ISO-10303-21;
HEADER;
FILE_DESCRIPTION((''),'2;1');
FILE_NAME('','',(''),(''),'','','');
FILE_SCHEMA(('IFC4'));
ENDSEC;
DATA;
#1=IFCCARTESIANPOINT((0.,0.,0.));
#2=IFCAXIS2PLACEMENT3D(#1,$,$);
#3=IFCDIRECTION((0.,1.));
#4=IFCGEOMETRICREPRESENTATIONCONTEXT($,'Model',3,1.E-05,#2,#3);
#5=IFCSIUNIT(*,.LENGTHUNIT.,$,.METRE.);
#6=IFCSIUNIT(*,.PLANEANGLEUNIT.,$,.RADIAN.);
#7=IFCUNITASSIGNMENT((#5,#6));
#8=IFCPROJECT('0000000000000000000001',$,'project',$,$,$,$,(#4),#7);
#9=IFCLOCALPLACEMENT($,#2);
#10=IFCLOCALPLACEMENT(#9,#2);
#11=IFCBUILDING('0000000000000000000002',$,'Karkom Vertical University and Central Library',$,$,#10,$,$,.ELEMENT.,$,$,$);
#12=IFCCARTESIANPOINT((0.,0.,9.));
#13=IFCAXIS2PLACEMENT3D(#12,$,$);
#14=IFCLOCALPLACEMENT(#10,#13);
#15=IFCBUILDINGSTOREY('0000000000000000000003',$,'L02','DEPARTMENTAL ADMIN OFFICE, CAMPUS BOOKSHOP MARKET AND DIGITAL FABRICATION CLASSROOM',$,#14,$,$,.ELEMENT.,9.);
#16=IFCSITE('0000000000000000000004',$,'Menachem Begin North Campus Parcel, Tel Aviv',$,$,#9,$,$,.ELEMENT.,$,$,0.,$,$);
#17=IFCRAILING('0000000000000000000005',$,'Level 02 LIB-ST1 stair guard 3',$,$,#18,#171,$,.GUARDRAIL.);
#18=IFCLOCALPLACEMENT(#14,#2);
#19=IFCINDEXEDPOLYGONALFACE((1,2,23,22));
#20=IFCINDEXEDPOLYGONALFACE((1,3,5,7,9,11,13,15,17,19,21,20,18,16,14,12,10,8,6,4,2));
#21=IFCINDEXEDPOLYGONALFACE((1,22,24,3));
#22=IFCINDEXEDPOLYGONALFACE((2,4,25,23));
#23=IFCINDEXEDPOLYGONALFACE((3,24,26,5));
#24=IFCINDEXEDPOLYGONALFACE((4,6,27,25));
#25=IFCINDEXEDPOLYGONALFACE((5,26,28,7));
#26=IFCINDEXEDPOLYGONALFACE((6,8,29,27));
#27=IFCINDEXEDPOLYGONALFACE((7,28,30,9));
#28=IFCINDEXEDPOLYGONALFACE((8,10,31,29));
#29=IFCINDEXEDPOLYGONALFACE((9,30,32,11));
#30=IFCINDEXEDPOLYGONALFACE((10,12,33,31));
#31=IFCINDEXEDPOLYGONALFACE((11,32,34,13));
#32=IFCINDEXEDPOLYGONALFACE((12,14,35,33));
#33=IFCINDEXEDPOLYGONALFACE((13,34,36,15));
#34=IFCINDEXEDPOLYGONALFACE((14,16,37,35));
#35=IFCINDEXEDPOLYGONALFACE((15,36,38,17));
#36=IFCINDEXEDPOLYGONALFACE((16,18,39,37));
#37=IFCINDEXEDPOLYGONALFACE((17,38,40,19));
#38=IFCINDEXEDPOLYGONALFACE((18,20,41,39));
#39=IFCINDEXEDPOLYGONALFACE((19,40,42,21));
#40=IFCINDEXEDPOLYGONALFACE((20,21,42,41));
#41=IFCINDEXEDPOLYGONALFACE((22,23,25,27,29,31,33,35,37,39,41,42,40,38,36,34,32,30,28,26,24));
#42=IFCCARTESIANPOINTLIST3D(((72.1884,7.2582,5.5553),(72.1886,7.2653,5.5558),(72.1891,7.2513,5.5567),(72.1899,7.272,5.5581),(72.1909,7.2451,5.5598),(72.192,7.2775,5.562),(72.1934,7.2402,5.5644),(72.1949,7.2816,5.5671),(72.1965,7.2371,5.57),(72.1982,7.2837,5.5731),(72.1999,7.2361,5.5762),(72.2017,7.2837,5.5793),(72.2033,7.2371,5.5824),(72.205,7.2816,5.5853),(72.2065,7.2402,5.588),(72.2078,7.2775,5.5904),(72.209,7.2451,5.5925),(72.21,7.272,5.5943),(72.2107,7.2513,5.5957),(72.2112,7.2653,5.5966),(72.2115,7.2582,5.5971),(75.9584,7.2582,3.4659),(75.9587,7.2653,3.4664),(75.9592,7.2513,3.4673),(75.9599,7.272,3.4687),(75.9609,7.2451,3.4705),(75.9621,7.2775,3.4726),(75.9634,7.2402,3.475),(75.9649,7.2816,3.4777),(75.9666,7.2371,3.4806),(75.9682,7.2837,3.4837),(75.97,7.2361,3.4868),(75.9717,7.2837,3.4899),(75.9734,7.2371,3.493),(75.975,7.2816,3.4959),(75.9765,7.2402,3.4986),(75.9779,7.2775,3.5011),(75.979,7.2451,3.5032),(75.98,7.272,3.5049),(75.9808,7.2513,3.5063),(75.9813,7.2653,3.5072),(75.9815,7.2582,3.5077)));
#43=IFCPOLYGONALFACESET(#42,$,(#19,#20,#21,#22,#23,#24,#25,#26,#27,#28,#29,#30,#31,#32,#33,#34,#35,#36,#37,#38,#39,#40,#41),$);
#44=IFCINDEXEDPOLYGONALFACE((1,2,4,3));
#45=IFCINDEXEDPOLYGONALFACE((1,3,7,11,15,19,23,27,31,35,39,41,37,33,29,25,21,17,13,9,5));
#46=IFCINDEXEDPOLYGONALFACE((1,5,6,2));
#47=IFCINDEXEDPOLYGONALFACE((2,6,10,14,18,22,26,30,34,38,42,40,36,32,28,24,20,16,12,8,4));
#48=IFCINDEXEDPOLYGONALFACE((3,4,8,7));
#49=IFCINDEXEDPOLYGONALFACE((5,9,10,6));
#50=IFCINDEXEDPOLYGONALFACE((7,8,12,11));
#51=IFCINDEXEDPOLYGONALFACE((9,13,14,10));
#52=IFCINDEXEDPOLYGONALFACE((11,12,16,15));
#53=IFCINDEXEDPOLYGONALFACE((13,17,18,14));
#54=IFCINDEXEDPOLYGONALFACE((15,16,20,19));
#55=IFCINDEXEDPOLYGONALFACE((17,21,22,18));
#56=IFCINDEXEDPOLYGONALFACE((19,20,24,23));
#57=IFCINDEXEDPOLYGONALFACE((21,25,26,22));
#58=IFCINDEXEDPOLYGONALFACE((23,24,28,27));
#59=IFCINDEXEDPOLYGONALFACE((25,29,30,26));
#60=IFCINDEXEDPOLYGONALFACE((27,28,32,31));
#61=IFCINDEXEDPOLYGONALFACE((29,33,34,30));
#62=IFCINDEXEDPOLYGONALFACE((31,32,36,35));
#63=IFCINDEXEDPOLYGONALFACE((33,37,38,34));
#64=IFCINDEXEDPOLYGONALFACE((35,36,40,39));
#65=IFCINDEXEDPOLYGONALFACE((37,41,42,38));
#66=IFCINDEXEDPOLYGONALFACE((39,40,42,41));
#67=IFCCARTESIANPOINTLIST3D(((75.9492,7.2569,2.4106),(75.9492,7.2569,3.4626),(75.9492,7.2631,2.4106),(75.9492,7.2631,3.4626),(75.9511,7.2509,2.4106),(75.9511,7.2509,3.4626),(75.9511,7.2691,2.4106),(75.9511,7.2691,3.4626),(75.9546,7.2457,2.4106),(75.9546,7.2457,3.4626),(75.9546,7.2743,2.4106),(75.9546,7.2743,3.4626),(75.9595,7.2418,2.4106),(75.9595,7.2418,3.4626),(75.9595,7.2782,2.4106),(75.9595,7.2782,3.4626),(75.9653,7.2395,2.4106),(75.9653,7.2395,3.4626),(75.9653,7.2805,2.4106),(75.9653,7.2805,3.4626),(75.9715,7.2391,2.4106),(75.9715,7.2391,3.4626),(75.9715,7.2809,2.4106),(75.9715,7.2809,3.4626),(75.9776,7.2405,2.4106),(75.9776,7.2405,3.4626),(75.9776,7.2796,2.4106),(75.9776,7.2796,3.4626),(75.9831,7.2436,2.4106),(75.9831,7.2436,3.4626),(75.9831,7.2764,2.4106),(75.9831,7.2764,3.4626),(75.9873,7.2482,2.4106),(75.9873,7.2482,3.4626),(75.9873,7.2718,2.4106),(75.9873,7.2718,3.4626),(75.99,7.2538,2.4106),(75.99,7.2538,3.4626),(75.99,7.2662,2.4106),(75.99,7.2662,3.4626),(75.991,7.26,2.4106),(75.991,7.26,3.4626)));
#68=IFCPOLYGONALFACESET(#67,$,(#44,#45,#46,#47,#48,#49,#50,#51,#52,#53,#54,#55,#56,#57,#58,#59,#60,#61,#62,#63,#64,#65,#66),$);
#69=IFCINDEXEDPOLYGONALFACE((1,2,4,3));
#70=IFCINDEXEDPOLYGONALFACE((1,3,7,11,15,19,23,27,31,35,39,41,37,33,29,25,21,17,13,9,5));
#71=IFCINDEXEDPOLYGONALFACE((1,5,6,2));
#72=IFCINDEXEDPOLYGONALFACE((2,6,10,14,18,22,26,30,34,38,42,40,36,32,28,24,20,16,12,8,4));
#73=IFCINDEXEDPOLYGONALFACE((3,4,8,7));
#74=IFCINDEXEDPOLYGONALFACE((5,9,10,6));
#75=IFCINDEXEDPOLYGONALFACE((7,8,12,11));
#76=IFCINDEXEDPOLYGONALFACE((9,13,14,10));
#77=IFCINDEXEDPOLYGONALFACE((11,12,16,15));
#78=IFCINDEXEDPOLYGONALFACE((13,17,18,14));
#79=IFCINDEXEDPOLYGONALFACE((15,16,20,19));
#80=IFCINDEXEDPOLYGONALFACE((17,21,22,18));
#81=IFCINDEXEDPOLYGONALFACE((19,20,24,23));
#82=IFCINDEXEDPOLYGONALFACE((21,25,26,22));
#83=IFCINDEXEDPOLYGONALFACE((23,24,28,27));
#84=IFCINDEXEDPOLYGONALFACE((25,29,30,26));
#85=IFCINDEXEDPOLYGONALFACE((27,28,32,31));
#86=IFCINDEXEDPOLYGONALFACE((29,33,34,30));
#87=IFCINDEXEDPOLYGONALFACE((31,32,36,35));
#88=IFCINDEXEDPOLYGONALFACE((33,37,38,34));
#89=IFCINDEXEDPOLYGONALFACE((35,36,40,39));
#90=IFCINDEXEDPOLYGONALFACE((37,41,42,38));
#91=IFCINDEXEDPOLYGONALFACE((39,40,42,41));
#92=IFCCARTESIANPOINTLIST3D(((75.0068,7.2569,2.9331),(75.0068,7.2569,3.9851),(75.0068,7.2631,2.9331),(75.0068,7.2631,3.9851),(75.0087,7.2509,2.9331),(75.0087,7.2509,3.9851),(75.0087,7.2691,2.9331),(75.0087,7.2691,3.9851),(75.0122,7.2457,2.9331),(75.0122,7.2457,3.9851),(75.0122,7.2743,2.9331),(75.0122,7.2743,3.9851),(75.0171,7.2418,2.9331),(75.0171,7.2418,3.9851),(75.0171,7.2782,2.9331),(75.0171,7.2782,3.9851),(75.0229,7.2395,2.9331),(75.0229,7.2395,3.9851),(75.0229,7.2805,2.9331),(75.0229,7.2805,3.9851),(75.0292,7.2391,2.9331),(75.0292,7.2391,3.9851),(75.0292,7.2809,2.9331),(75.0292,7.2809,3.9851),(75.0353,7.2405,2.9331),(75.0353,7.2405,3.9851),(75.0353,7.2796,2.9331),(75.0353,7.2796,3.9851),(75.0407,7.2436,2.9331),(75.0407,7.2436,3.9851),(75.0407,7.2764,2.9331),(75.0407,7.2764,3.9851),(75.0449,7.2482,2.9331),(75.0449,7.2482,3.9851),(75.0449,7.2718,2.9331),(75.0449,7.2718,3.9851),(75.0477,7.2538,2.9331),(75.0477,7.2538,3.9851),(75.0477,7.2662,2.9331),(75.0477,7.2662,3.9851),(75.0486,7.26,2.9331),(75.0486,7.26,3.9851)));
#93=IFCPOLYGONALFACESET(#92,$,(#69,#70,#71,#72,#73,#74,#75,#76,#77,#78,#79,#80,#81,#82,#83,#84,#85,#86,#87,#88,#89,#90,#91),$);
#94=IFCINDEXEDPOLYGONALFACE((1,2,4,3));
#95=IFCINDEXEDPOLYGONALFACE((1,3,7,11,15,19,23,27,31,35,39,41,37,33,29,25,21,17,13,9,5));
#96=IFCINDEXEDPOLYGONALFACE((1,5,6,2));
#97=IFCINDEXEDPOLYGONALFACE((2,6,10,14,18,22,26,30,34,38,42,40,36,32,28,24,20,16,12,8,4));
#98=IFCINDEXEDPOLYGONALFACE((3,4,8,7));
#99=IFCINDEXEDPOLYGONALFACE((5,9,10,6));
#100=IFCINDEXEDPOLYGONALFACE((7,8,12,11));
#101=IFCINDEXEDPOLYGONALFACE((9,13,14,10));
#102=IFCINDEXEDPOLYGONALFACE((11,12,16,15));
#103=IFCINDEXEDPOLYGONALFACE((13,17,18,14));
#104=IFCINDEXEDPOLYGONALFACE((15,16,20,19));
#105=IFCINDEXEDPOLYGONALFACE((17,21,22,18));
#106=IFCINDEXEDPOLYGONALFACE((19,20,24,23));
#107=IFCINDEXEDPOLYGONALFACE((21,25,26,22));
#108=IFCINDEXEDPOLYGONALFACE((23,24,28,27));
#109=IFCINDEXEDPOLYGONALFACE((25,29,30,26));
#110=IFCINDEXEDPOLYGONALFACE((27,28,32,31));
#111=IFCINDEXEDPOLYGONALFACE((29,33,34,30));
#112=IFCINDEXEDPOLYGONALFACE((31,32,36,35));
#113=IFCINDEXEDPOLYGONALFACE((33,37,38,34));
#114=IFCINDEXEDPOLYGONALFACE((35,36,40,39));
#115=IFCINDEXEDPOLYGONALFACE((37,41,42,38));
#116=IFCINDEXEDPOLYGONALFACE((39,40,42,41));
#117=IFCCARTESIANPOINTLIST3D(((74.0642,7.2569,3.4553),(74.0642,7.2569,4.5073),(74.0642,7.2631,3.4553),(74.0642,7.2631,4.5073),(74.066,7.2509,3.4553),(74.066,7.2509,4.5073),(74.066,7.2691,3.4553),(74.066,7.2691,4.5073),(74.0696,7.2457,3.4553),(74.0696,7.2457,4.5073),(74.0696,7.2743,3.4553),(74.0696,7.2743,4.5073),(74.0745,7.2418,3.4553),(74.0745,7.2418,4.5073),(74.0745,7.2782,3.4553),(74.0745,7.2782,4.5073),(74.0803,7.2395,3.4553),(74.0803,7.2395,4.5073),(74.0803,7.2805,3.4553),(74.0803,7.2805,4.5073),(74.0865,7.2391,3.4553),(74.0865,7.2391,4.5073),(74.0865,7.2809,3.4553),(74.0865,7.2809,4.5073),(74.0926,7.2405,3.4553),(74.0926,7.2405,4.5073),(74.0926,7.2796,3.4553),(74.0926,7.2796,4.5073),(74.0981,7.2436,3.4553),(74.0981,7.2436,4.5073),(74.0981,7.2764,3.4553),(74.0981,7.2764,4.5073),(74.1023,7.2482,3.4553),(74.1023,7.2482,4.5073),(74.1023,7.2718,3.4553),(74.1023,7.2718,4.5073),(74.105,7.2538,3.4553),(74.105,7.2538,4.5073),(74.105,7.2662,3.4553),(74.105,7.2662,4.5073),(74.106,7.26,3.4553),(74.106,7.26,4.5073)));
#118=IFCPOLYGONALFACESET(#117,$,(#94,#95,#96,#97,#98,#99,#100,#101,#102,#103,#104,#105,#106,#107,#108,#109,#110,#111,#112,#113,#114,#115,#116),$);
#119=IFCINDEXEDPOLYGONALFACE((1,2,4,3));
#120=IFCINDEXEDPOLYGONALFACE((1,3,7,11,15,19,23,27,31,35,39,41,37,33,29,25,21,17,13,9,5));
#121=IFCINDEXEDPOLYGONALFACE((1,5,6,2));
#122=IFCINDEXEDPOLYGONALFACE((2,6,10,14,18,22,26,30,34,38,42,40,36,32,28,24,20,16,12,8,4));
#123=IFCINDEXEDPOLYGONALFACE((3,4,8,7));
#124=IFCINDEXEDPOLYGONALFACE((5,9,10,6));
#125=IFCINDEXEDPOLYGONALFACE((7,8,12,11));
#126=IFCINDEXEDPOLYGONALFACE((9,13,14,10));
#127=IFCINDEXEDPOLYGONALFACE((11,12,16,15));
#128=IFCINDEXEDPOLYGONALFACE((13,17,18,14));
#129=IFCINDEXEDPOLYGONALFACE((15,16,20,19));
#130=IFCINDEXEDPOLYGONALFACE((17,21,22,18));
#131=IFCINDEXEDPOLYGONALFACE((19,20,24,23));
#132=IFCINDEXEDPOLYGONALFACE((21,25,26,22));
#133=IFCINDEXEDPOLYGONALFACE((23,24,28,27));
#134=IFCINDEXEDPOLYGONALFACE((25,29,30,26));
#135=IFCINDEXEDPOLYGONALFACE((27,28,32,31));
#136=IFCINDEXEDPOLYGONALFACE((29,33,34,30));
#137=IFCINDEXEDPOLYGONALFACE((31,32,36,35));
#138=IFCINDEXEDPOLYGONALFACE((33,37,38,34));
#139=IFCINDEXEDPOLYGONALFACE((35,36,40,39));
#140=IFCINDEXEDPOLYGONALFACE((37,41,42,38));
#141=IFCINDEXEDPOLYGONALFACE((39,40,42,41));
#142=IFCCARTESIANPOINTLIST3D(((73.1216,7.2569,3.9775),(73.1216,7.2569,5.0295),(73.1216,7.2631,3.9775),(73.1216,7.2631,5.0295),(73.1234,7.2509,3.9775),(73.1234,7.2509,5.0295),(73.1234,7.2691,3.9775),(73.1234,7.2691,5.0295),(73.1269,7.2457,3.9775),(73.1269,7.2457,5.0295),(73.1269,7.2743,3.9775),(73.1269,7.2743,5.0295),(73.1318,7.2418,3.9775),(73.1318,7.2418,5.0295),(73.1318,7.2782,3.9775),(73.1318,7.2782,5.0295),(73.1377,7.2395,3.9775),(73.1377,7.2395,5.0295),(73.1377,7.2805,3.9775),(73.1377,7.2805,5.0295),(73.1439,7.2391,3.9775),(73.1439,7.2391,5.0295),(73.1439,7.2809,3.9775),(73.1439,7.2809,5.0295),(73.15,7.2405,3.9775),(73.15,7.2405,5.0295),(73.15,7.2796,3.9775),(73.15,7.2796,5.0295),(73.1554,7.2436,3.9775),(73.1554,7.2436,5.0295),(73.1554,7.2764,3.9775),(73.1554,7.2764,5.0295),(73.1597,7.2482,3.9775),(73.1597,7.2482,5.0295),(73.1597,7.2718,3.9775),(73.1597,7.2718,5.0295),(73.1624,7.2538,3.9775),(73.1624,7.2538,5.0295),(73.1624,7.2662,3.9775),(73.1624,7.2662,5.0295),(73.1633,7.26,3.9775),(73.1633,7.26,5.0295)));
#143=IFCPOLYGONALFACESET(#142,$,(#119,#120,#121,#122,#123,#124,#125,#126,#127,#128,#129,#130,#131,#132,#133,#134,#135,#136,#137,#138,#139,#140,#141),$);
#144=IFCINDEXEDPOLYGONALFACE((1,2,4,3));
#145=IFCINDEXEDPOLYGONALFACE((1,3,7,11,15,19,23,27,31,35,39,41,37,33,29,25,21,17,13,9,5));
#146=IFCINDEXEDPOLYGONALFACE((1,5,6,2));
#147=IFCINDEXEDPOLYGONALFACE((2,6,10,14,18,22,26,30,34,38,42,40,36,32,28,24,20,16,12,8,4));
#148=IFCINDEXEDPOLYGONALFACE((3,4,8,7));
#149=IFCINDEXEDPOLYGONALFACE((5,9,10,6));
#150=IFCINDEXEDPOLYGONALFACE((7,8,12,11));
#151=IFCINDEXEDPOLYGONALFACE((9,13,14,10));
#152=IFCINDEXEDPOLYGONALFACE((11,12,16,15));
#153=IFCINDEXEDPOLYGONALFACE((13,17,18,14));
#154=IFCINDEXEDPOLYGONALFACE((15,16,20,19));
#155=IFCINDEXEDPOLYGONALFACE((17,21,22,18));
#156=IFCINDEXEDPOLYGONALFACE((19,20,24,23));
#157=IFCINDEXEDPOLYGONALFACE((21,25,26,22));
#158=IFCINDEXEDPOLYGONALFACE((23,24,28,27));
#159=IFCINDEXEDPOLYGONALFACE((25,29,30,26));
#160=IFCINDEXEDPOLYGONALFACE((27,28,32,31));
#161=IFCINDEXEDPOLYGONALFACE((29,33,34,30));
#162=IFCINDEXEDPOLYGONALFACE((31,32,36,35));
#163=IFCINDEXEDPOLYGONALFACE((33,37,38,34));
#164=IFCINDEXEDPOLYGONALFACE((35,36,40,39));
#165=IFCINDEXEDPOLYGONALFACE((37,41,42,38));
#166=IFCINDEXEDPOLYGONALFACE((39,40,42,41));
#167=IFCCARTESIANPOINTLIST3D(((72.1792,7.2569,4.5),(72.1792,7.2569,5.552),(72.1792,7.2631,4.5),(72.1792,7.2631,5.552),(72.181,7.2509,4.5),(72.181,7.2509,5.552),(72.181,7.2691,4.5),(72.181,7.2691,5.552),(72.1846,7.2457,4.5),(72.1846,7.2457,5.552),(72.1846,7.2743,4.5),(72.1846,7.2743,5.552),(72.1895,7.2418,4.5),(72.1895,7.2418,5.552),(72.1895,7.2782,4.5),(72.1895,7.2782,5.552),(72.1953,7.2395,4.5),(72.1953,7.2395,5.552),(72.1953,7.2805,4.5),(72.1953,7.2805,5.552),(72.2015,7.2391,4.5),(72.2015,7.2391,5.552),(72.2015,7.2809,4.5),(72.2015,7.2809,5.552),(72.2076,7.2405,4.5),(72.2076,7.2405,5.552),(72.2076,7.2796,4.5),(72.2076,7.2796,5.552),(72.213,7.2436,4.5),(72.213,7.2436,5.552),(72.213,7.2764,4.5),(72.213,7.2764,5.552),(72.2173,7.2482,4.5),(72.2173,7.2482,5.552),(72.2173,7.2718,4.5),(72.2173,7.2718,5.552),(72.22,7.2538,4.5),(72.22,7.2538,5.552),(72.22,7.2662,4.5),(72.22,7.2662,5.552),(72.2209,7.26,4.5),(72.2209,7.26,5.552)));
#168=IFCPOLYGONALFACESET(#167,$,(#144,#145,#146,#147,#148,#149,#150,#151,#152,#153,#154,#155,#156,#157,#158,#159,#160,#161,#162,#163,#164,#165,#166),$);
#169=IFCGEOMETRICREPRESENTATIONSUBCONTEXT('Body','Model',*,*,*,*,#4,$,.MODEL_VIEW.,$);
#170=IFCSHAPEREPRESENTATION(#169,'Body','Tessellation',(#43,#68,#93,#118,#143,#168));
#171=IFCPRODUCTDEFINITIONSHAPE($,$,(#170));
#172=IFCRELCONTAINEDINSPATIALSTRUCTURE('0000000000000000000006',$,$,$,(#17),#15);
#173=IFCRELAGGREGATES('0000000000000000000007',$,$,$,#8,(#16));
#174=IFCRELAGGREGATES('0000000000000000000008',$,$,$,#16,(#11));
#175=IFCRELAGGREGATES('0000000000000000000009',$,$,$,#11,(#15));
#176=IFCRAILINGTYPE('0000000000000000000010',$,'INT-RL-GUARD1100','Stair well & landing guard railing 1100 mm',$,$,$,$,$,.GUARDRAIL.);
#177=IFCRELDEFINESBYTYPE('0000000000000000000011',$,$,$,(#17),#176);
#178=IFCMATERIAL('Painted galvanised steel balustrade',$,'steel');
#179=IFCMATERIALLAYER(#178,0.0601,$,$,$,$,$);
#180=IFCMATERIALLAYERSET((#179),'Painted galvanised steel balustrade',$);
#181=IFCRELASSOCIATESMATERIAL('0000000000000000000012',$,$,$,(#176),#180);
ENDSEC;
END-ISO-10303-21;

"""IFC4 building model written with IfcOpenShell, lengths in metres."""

from ifc_helpers import new_model, si_unit, direction, frame, origin, origin_2d, place, context, subcontext, project, spatial, circle, extrude, material, layer, layer_set, type_object, element, save


model = new_model("IFC4")

# Units and contexts
model_context = context("Model", 3, precision=1e-05, world=origin(), true_north=direction((0.0, 1.0)))
body_context = subcontext(model_context, "Body", "Model", "MODEL_VIEW")
ifc_project = project(units=[si_unit("LENGTHUNIT", "METRE"), si_unit("PLANEANGLEUNIT", "RADIAN")], contexts=[model_context])

# Site, building, storey
site_placement = place(None, origin())
site = spatial("IfcSite", under=ifc_project, at=site_placement, Name="Menachem Begin North Campus Parcel, Tel Aviv", CompositionType="ELEMENT", RefElevation=0.0)
building_placement = place(site_placement, origin())
building = spatial("IfcBuilding", under=site, at=building_placement, Name="Karkom Vertical University and Central Library", CompositionType="ELEMENT")
storey_placement = place(building_placement, frame((0.0, 0.0, 9.0)))
storey = spatial("IfcBuildingStorey", under=building, at=storey_placement, Name="L02", Description="DEPARTMENTAL ADMIN OFFICE, CAMPUS BOOKSHOP MARKET AND DIGITAL FABRICATION CLASSROOM", CompositionType="ELEMENT", Elevation=9.0)

# Railing
ifc_material_1 = material(Name="Painted galvanised steel balustrade", Category="steel")
ifc_layer_1 = layer(ifc_material_1, 0.0601)
ifc_layer_set_1 = layer_set([ifc_layer_1], Name="Painted galvanised steel balustrade")
railing_type = type_object("IfcRailingType", Name="INT-RL-GUARD1100", Description="Stair well & landing guard railing 1100 mm", PredefinedType="GUARDRAIL", material=ifc_layer_set_1)
railing_1_placement = place(storey_placement, frame((75.97, 7.26, 2.4106)))
element("IfcRailing", 1, at=railing_1_placement, inside=storey, type_object=railing_type, Name="Level 02 LIB-ST1 stair guard 3", PredefinedType="GUARDRAIL", context=body_context, shape_type="SweptSolid", body=[
    extrude(circle(Radius=0.0239, at=origin_2d()), frame((0.0, 0.0, 1.0762), z_axis=(-0.874659, 0.0, 0.484739), x_axis=(0.0, -1.0, 0.0)), (0.0, 0.0, 1.0), 4.3103),
    extrude(circle(Radius=0.021, at=origin_2d()), origin(), (0.0, 0.0, 1.0), 1.052),
    extrude(circle(Radius=0.021, at=origin_2d()), frame((-0.9424, 0.0, 0.5225)), (0.0, 0.0, 1.0), 1.052),
    extrude(circle(Radius=0.021, at=origin_2d()), frame((-1.885, 0.0, 1.0447)), (0.0, 0.0, 1.0), 1.052),
    extrude(circle(Radius=0.021, at=origin_2d()), frame((-2.8276, 0.0, 1.5669)), (0.0, 0.0, 1.0), 1.052),
    extrude(circle(Radius=0.021, at=origin_2d()), frame((-3.77, 0.0, 2.0894)), (0.0, 0.0, 1.0), 1.052),
])

save(model, "model.ifc")
